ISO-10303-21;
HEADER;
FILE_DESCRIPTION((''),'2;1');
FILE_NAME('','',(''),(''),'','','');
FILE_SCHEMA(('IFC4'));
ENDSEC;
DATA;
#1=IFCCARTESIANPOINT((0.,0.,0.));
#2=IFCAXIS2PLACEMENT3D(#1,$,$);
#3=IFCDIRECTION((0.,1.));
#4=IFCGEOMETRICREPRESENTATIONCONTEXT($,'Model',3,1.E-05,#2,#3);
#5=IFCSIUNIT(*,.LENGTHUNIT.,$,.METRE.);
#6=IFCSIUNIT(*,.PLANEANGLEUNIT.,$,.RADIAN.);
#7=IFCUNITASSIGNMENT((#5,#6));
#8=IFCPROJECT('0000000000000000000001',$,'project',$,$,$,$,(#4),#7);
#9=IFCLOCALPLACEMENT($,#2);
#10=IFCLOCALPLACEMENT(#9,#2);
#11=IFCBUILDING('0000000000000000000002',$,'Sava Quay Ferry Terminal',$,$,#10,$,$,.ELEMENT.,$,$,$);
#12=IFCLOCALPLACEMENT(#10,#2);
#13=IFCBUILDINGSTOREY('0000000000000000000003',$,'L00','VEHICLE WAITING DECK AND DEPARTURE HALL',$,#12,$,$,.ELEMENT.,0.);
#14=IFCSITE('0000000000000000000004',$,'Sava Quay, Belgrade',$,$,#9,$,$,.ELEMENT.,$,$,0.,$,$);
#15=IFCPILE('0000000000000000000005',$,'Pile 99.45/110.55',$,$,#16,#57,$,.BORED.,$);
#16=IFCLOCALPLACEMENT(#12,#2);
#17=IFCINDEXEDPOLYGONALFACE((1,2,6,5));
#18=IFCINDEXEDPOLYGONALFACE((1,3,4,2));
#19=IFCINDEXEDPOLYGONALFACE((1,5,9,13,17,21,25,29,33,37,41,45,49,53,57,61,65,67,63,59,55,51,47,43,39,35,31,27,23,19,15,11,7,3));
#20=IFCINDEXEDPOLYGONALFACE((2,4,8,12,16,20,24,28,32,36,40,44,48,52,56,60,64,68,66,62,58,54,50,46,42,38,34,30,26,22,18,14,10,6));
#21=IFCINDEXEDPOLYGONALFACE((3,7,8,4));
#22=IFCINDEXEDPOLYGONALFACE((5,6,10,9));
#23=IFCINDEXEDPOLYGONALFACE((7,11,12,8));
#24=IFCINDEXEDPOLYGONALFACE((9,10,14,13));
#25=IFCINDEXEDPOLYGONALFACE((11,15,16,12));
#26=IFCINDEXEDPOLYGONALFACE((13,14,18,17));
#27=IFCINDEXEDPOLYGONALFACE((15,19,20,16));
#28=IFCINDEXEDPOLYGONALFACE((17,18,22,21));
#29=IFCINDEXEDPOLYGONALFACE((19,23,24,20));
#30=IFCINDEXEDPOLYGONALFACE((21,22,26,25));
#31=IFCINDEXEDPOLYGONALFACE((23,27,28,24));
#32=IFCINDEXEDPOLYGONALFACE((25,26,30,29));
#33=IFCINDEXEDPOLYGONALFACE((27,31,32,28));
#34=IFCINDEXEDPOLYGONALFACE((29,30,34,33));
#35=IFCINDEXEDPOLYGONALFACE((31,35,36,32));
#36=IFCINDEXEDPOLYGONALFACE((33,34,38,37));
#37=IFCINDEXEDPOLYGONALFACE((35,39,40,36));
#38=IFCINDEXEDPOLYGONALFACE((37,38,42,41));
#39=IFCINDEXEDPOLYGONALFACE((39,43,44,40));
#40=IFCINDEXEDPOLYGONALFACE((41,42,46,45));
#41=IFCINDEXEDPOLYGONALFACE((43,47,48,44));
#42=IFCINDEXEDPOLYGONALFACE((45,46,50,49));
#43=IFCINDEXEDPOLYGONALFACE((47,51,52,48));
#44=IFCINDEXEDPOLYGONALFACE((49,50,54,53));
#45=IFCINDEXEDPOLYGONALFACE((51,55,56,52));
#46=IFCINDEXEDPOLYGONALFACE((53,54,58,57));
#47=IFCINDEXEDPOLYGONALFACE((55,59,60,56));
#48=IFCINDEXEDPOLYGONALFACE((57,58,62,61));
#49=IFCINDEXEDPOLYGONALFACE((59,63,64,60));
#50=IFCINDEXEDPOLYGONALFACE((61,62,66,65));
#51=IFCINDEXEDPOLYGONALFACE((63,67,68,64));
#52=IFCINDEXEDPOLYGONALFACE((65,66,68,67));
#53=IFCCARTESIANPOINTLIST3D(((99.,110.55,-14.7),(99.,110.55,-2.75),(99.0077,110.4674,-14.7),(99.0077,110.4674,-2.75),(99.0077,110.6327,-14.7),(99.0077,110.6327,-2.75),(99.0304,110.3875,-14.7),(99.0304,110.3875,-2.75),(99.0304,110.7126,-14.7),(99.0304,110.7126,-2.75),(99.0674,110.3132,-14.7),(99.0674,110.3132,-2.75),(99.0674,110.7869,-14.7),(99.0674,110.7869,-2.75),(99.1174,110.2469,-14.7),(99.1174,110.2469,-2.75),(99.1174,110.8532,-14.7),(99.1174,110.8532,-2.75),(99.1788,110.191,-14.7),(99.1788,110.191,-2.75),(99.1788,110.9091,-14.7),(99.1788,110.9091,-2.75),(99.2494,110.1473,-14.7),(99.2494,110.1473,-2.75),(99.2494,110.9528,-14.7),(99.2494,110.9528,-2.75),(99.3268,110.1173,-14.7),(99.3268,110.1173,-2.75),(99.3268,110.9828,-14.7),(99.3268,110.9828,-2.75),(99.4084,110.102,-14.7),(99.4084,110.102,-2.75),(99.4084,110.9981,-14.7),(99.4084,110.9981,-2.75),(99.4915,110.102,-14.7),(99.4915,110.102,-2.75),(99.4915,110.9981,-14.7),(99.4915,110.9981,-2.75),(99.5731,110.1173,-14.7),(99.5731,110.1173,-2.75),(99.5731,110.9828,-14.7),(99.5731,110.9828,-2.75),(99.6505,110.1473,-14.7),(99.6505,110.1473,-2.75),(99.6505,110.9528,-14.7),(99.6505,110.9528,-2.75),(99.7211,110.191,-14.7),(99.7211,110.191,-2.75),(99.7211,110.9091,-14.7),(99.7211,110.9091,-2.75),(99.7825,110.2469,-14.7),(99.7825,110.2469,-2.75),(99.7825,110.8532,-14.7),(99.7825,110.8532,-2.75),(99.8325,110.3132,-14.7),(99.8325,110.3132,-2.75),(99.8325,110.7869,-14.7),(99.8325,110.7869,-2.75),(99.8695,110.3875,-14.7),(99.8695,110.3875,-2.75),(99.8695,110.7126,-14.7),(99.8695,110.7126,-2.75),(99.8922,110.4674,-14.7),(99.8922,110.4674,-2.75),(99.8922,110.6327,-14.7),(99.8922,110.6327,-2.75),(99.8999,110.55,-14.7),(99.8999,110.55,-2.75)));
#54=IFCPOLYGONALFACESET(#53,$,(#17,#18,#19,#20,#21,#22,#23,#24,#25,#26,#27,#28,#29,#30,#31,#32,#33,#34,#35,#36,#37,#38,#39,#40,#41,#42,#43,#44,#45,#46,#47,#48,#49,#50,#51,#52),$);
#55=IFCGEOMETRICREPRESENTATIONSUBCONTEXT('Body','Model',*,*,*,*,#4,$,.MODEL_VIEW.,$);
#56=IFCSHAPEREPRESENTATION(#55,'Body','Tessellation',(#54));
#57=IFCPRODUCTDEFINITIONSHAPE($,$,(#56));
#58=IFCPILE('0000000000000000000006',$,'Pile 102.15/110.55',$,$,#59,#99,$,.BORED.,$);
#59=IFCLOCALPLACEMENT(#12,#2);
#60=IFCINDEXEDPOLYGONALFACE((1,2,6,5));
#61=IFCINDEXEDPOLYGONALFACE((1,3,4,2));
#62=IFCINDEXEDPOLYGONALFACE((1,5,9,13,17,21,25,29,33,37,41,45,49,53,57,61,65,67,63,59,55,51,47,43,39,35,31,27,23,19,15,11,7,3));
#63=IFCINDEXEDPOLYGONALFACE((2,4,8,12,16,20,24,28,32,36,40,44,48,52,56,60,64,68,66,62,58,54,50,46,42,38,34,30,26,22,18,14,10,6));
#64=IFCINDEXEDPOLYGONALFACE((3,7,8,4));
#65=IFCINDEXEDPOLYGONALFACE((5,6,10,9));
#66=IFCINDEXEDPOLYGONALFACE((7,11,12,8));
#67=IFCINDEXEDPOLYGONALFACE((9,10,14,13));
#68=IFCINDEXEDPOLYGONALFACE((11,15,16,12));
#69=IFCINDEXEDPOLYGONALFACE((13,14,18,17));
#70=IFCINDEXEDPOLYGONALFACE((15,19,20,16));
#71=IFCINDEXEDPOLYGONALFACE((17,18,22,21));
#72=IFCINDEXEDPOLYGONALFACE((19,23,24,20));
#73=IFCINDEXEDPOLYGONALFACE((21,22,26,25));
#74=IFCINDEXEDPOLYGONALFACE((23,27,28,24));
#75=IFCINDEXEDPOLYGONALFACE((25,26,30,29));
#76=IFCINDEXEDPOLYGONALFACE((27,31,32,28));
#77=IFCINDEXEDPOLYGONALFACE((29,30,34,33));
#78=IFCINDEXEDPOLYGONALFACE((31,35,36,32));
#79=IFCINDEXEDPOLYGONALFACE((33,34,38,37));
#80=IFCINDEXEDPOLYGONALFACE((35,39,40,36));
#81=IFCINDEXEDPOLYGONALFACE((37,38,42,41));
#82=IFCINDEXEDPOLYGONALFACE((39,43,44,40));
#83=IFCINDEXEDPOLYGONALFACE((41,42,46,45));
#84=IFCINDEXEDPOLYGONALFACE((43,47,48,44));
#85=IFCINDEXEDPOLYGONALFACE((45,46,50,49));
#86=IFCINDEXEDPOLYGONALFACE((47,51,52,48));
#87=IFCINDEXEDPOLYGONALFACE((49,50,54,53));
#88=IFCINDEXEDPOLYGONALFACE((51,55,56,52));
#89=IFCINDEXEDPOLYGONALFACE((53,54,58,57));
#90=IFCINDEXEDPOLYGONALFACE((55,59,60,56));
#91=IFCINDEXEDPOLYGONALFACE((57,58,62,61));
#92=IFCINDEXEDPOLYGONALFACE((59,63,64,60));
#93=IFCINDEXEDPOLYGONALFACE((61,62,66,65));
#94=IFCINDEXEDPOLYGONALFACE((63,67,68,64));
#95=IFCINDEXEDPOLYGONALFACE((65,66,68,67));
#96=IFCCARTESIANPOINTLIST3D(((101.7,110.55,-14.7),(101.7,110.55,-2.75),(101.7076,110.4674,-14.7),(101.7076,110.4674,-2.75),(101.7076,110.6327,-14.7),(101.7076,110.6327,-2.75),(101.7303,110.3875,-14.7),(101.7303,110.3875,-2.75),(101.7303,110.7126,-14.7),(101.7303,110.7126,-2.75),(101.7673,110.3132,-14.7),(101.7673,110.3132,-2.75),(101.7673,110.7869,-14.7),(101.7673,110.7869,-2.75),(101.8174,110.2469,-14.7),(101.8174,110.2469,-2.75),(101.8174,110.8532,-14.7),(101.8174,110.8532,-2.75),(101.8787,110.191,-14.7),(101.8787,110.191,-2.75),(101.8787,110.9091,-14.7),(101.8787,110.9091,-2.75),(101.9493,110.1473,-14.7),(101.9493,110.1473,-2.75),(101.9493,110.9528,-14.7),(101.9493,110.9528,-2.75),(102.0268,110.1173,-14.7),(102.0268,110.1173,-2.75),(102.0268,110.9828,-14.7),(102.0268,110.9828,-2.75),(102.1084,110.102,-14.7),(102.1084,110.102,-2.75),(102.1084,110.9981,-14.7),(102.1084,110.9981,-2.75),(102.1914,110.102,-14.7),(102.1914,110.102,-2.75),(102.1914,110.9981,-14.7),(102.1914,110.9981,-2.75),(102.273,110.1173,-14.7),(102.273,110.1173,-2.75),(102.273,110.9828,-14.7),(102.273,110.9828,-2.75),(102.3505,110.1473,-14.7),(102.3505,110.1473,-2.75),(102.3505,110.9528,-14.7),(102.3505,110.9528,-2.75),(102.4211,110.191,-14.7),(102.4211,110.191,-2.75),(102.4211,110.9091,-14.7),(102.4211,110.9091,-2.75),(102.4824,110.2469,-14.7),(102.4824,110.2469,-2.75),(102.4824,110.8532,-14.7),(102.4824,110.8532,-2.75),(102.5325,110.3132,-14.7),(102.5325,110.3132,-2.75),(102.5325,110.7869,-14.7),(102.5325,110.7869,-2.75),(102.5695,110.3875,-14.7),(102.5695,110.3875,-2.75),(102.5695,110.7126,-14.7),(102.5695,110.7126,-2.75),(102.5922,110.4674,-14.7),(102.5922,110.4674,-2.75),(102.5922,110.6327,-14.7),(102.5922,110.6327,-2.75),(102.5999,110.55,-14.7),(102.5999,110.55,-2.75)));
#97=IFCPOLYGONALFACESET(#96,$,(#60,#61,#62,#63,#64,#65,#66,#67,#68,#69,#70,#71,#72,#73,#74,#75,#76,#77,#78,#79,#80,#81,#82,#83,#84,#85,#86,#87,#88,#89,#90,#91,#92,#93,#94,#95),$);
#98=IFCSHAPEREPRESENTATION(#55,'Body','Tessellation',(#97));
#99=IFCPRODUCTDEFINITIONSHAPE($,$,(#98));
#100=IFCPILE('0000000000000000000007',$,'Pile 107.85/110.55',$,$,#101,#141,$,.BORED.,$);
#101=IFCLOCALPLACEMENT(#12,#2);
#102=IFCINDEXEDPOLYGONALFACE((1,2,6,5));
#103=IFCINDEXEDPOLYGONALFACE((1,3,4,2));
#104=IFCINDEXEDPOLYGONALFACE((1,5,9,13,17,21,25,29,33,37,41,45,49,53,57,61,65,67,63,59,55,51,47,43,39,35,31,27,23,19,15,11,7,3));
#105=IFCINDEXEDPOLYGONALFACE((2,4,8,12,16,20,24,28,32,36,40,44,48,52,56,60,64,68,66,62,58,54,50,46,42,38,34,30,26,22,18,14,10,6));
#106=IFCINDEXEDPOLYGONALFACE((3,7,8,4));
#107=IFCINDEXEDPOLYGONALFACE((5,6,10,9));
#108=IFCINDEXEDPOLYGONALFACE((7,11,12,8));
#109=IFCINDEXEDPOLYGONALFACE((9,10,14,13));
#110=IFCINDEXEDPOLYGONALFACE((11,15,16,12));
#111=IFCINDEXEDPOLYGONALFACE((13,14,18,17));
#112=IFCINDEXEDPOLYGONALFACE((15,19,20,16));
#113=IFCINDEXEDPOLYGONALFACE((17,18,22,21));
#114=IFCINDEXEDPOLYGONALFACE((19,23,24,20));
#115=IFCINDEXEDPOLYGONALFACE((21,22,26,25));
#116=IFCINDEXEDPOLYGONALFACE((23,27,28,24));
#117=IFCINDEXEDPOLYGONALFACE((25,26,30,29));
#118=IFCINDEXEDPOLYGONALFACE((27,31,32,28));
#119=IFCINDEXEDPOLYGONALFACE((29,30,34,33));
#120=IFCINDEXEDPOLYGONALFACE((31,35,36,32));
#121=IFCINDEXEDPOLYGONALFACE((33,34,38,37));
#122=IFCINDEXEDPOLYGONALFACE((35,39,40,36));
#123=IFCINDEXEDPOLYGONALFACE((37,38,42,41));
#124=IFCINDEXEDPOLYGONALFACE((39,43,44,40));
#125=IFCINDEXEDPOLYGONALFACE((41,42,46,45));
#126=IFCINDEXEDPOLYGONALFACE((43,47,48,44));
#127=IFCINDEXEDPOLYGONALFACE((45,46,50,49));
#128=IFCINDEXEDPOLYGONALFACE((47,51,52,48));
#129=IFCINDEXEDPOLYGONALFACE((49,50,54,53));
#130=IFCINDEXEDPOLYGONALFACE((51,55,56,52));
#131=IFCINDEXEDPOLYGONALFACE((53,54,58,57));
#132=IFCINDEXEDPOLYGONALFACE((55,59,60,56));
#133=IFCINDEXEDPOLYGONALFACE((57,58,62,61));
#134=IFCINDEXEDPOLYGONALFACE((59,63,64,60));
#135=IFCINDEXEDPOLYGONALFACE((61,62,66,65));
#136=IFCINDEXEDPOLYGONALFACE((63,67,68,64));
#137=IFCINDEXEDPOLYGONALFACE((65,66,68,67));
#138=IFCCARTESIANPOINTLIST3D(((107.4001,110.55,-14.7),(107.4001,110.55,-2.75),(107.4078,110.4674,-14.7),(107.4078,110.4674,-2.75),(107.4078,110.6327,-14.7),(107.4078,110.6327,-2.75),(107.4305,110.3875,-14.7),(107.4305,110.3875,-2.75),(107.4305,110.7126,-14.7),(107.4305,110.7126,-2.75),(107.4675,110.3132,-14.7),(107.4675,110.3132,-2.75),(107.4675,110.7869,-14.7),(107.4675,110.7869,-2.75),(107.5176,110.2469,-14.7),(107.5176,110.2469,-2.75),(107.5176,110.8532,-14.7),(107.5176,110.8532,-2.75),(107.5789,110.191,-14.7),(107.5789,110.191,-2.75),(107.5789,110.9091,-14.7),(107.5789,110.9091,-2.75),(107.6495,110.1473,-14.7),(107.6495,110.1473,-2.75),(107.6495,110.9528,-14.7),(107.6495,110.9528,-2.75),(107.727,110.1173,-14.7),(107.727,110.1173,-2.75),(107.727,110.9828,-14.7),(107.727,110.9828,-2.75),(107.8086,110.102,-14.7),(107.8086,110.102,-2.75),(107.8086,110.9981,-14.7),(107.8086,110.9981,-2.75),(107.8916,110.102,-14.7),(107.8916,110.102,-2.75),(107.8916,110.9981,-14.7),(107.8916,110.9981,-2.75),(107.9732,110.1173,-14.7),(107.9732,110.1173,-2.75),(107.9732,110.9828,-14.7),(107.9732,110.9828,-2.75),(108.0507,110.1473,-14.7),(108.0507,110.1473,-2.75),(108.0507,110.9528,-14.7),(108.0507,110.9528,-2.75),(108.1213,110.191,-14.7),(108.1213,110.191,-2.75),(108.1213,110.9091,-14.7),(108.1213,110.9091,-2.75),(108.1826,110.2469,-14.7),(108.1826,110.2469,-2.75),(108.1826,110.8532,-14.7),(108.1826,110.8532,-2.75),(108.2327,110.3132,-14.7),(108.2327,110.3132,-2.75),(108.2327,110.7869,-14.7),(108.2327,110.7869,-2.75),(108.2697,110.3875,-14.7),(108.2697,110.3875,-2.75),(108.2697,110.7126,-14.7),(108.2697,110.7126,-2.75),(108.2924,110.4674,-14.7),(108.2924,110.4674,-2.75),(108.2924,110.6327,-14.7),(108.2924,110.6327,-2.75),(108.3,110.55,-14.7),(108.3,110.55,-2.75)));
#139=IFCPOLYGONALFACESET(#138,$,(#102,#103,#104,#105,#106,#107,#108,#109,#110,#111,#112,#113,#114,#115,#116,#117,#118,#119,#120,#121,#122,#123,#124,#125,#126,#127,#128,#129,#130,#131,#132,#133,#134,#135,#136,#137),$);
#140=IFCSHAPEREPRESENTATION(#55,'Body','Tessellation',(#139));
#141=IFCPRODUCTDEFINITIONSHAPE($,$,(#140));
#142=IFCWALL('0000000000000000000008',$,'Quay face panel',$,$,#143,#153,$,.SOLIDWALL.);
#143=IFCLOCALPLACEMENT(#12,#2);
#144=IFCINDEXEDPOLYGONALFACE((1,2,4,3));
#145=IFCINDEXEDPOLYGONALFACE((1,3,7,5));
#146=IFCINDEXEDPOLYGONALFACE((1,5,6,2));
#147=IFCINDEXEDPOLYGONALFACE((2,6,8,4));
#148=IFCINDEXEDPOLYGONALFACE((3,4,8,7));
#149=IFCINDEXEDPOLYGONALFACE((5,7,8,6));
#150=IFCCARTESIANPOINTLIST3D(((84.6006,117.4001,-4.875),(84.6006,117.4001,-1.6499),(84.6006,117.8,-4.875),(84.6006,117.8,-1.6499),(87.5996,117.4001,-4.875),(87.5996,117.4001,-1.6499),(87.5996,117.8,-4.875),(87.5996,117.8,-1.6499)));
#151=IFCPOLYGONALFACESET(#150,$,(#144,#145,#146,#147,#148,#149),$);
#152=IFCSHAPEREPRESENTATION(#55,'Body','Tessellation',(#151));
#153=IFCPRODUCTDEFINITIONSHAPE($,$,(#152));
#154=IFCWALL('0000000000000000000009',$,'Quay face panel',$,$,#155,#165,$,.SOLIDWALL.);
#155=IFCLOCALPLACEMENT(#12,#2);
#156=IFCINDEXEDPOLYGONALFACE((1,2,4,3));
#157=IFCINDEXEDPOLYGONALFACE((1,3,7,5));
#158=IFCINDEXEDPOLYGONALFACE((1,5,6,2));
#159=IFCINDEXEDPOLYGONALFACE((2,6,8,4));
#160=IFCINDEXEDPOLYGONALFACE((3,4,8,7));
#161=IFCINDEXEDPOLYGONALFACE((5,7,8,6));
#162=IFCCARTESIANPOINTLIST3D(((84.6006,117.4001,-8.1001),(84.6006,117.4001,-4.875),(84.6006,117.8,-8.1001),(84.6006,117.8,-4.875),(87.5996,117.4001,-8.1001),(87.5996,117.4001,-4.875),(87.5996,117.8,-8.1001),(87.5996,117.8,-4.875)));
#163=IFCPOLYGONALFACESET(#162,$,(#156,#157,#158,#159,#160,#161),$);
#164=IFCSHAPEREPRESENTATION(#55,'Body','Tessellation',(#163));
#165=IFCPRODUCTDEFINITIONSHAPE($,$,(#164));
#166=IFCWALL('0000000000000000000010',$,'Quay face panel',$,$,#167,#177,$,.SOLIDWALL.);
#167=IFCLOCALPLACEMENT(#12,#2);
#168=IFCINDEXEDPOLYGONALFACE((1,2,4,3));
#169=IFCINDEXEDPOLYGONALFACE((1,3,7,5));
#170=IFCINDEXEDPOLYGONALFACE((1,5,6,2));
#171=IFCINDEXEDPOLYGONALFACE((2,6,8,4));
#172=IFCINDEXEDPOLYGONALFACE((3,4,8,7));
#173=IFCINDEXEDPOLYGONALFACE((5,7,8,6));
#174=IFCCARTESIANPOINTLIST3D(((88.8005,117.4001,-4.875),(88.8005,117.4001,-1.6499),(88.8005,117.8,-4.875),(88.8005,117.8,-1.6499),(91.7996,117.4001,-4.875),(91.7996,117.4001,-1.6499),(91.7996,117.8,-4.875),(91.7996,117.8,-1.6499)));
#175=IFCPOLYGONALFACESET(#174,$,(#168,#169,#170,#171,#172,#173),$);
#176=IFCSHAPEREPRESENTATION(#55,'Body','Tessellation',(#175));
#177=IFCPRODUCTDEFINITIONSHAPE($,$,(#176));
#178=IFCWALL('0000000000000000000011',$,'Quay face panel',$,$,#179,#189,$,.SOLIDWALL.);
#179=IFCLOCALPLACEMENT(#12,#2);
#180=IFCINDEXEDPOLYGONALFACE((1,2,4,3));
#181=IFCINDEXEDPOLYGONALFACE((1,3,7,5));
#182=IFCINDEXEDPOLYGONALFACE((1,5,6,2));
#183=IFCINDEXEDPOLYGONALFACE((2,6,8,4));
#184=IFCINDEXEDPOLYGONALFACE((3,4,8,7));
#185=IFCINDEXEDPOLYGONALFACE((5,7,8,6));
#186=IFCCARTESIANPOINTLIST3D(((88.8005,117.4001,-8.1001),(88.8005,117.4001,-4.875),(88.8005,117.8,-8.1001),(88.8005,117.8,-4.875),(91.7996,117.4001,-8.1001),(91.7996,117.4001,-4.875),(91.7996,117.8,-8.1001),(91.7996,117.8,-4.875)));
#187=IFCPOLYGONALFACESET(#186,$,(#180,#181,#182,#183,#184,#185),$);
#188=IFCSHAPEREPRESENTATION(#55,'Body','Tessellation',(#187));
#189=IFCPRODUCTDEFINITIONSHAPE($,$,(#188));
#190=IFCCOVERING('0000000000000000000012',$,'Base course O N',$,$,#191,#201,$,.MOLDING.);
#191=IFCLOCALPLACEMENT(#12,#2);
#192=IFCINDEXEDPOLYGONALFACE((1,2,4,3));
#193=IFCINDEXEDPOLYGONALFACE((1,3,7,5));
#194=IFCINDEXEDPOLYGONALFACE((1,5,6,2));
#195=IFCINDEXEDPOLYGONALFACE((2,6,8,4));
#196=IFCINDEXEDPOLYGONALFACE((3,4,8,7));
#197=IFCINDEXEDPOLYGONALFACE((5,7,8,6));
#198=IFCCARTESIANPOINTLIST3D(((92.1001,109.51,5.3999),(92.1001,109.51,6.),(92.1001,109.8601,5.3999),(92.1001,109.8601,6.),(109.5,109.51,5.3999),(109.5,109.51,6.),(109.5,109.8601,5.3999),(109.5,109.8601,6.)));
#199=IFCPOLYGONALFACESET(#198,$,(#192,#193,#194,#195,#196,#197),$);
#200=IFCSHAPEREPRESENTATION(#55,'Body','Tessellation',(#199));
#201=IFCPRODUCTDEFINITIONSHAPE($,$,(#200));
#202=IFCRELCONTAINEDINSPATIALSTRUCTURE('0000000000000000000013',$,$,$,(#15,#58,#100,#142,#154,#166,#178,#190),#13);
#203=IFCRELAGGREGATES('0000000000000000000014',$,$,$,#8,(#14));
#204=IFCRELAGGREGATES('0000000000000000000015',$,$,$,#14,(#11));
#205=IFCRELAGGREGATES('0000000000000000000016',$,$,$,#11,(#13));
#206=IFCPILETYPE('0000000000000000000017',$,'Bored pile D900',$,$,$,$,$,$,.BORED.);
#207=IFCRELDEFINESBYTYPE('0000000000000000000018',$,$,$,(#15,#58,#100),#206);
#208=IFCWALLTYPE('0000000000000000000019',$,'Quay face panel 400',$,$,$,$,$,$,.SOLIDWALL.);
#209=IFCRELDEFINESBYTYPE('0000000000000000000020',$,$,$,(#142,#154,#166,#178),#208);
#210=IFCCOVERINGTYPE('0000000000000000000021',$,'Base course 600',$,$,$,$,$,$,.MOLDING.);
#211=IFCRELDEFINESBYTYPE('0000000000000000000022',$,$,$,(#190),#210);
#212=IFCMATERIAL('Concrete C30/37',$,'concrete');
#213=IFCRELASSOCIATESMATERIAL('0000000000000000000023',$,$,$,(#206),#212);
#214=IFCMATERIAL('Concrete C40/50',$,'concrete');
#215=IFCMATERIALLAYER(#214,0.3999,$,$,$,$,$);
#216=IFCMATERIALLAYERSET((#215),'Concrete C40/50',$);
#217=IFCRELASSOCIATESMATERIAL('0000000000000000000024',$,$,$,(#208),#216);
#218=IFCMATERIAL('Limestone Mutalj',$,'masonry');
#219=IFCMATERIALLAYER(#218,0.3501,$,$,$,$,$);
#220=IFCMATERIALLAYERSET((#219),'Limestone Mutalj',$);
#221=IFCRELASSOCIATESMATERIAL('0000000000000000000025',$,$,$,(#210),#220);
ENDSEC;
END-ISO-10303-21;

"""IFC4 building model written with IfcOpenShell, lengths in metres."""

from ifc_helpers import new_model, si_unit, direction, frame, frame_2d, origin, origin_2d, place, context, subcontext, project, spatial, rectangle, circle, extrude, material, layer, layer_set, material_profile, profile_set, type_object, element, save


model = new_model("IFC4")

# Units and contexts
model_context = context("Model", 3, precision=1e-05, world=origin(), true_north=direction((0.0, 1.0)))
body_context = subcontext(model_context, "Body", "Model", "MODEL_VIEW")
ifc_project = project(units=[si_unit("LENGTHUNIT", "METRE"), si_unit("PLANEANGLEUNIT", "RADIAN")], contexts=[model_context])

# Site, building, storey
site_placement = place(None, origin())
site = spatial("IfcSite", under=ifc_project, at=site_placement, Name="Sava Quay, Belgrade", CompositionType="ELEMENT", RefElevation=0.0)
building_placement = place(site_placement, origin())
building = spatial("IfcBuilding", under=site, at=building_placement, Name="Sava Quay Ferry Terminal", CompositionType="ELEMENT")
storey_placement = place(building_placement, origin())
storey = spatial("IfcBuildingStorey", under=building, at=storey_placement, Name="L00", Description="VEHICLE WAITING DECK AND DEPARTURE HALL", CompositionType="ELEMENT", Elevation=0.0)

# Piles
ifc_material_1 = material(Name="Concrete C30/37", Category="concrete")
ifc_material_profile_1 = material_profile(ifc_material_1, circle(Radius=0.45, at=origin_2d()), Name="Bored pile D900")
ifc_profile_set_1 = profile_set([ifc_material_profile_1], Name="Concrete C30/37")
pile_type_1 = type_object("IfcPileType", Name="Bored pile D900", PredefinedType="BORED", material=ifc_profile_set_1)
for number, where, z_axis, x_axis, name in (
    (1, (99.45, 110.55, -2.75), (0.0, 0.0, -1.0), (1.0, 0.0, 0.0), "Pile 99.45/110.55"),
    (2, (102.1499, 110.55, -2.75), (0.0, 0.0, -1.0), (1.0, 0.0, 0.0), "Pile 102.15/110.55"),
    (3, (107.8501, 110.55, -2.75), (0.0, 0.0, -1.0), (1.0, 0.0, 0.0), "Pile 107.85/110.55"),
):
    element("IfcPile", number, at=place(storey_placement, frame(where, z_axis=z_axis, x_axis=x_axis)), inside=storey, type_object=pile_type_1, Name=name, PredefinedType="BORED", context=body_context, shape_type="SweptSolid", body=[
        extrude(circle(Radius=0.45, at=origin_2d()), origin(), (0.0, 0.0, 1.0), 11.95),
    ])

# Walls
ifc_material_2 = material(Name="Concrete C40/50", Category="concrete")
ifc_layer_1 = layer(ifc_material_2, 0.3999)
ifc_layer_set_1 = layer_set([ifc_layer_1], Name="Concrete C40/50")
wall_type = type_object("IfcWallType", Name="Quay face panel 400", PredefinedType="SOLIDWALL", material=ifc_layer_set_1)
for number, where, z_axis, x_axis, name in (
    (4, (84.6006, 117.6001, -4.875), (0.0, 0.0, 1.0), (1.0, 0.0, 0.0), "Quay face panel"),
    (5, (84.6006, 117.6001, -8.1001), (0.0, 0.0, 1.0), (1.0, 0.0, 0.0), "Quay face panel"),
    (6, (88.8005, 117.6001, -4.875), (0.0, 0.0, 1.0), (1.0, 0.0, 0.0), "Quay face panel"),
    (7, (88.8005, 117.6001, -8.1001), (0.0, 0.0, 1.0), (1.0, 0.0, 0.0), "Quay face panel"),
):
    element("IfcWall", number, at=place(storey_placement, frame(where, z_axis=z_axis, x_axis=x_axis)), inside=storey, type_object=wall_type, Name=name, PredefinedType="SOLIDWALL", context=body_context, shape_type="SweptSolid", body=[
        extrude(rectangle(XDim=2.999, YDim=0.3999, at=frame_2d((1.4995, 0.0))), origin(), (0.0, 0.0, 1.0), 3.2251),
    ])

# Covering
ifc_material_3 = material(Name="Limestone Mutalj", Category="masonry")
ifc_layer_2 = layer(ifc_material_3, 0.3501)
ifc_layer_set_2 = layer_set([ifc_layer_2], Name="Limestone Mutalj")
covering_type_1 = type_object("IfcCoveringType", Name="Base course 600", PredefinedType="MOLDING", material=ifc_layer_set_2)
covering_1_placement = place(storey_placement, frame((100.8, 109.6851, 5.3999), z_axis=(0.0, 0.0, 1.0), x_axis=(1.0, 0.0, 0.0)))
element("IfcCovering", 8, at=covering_1_placement, inside=storey, type_object=covering_type_1, Name="Base course O N", PredefinedType="MOLDING", context=body_context, shape_type="SweptSolid", body=[
    extrude(rectangle(XDim=17.3999, YDim=0.3501, at=origin_2d()), origin(), (0.0, 0.0, 1.0), 0.6001),
])

save(model, "model.ifc")
